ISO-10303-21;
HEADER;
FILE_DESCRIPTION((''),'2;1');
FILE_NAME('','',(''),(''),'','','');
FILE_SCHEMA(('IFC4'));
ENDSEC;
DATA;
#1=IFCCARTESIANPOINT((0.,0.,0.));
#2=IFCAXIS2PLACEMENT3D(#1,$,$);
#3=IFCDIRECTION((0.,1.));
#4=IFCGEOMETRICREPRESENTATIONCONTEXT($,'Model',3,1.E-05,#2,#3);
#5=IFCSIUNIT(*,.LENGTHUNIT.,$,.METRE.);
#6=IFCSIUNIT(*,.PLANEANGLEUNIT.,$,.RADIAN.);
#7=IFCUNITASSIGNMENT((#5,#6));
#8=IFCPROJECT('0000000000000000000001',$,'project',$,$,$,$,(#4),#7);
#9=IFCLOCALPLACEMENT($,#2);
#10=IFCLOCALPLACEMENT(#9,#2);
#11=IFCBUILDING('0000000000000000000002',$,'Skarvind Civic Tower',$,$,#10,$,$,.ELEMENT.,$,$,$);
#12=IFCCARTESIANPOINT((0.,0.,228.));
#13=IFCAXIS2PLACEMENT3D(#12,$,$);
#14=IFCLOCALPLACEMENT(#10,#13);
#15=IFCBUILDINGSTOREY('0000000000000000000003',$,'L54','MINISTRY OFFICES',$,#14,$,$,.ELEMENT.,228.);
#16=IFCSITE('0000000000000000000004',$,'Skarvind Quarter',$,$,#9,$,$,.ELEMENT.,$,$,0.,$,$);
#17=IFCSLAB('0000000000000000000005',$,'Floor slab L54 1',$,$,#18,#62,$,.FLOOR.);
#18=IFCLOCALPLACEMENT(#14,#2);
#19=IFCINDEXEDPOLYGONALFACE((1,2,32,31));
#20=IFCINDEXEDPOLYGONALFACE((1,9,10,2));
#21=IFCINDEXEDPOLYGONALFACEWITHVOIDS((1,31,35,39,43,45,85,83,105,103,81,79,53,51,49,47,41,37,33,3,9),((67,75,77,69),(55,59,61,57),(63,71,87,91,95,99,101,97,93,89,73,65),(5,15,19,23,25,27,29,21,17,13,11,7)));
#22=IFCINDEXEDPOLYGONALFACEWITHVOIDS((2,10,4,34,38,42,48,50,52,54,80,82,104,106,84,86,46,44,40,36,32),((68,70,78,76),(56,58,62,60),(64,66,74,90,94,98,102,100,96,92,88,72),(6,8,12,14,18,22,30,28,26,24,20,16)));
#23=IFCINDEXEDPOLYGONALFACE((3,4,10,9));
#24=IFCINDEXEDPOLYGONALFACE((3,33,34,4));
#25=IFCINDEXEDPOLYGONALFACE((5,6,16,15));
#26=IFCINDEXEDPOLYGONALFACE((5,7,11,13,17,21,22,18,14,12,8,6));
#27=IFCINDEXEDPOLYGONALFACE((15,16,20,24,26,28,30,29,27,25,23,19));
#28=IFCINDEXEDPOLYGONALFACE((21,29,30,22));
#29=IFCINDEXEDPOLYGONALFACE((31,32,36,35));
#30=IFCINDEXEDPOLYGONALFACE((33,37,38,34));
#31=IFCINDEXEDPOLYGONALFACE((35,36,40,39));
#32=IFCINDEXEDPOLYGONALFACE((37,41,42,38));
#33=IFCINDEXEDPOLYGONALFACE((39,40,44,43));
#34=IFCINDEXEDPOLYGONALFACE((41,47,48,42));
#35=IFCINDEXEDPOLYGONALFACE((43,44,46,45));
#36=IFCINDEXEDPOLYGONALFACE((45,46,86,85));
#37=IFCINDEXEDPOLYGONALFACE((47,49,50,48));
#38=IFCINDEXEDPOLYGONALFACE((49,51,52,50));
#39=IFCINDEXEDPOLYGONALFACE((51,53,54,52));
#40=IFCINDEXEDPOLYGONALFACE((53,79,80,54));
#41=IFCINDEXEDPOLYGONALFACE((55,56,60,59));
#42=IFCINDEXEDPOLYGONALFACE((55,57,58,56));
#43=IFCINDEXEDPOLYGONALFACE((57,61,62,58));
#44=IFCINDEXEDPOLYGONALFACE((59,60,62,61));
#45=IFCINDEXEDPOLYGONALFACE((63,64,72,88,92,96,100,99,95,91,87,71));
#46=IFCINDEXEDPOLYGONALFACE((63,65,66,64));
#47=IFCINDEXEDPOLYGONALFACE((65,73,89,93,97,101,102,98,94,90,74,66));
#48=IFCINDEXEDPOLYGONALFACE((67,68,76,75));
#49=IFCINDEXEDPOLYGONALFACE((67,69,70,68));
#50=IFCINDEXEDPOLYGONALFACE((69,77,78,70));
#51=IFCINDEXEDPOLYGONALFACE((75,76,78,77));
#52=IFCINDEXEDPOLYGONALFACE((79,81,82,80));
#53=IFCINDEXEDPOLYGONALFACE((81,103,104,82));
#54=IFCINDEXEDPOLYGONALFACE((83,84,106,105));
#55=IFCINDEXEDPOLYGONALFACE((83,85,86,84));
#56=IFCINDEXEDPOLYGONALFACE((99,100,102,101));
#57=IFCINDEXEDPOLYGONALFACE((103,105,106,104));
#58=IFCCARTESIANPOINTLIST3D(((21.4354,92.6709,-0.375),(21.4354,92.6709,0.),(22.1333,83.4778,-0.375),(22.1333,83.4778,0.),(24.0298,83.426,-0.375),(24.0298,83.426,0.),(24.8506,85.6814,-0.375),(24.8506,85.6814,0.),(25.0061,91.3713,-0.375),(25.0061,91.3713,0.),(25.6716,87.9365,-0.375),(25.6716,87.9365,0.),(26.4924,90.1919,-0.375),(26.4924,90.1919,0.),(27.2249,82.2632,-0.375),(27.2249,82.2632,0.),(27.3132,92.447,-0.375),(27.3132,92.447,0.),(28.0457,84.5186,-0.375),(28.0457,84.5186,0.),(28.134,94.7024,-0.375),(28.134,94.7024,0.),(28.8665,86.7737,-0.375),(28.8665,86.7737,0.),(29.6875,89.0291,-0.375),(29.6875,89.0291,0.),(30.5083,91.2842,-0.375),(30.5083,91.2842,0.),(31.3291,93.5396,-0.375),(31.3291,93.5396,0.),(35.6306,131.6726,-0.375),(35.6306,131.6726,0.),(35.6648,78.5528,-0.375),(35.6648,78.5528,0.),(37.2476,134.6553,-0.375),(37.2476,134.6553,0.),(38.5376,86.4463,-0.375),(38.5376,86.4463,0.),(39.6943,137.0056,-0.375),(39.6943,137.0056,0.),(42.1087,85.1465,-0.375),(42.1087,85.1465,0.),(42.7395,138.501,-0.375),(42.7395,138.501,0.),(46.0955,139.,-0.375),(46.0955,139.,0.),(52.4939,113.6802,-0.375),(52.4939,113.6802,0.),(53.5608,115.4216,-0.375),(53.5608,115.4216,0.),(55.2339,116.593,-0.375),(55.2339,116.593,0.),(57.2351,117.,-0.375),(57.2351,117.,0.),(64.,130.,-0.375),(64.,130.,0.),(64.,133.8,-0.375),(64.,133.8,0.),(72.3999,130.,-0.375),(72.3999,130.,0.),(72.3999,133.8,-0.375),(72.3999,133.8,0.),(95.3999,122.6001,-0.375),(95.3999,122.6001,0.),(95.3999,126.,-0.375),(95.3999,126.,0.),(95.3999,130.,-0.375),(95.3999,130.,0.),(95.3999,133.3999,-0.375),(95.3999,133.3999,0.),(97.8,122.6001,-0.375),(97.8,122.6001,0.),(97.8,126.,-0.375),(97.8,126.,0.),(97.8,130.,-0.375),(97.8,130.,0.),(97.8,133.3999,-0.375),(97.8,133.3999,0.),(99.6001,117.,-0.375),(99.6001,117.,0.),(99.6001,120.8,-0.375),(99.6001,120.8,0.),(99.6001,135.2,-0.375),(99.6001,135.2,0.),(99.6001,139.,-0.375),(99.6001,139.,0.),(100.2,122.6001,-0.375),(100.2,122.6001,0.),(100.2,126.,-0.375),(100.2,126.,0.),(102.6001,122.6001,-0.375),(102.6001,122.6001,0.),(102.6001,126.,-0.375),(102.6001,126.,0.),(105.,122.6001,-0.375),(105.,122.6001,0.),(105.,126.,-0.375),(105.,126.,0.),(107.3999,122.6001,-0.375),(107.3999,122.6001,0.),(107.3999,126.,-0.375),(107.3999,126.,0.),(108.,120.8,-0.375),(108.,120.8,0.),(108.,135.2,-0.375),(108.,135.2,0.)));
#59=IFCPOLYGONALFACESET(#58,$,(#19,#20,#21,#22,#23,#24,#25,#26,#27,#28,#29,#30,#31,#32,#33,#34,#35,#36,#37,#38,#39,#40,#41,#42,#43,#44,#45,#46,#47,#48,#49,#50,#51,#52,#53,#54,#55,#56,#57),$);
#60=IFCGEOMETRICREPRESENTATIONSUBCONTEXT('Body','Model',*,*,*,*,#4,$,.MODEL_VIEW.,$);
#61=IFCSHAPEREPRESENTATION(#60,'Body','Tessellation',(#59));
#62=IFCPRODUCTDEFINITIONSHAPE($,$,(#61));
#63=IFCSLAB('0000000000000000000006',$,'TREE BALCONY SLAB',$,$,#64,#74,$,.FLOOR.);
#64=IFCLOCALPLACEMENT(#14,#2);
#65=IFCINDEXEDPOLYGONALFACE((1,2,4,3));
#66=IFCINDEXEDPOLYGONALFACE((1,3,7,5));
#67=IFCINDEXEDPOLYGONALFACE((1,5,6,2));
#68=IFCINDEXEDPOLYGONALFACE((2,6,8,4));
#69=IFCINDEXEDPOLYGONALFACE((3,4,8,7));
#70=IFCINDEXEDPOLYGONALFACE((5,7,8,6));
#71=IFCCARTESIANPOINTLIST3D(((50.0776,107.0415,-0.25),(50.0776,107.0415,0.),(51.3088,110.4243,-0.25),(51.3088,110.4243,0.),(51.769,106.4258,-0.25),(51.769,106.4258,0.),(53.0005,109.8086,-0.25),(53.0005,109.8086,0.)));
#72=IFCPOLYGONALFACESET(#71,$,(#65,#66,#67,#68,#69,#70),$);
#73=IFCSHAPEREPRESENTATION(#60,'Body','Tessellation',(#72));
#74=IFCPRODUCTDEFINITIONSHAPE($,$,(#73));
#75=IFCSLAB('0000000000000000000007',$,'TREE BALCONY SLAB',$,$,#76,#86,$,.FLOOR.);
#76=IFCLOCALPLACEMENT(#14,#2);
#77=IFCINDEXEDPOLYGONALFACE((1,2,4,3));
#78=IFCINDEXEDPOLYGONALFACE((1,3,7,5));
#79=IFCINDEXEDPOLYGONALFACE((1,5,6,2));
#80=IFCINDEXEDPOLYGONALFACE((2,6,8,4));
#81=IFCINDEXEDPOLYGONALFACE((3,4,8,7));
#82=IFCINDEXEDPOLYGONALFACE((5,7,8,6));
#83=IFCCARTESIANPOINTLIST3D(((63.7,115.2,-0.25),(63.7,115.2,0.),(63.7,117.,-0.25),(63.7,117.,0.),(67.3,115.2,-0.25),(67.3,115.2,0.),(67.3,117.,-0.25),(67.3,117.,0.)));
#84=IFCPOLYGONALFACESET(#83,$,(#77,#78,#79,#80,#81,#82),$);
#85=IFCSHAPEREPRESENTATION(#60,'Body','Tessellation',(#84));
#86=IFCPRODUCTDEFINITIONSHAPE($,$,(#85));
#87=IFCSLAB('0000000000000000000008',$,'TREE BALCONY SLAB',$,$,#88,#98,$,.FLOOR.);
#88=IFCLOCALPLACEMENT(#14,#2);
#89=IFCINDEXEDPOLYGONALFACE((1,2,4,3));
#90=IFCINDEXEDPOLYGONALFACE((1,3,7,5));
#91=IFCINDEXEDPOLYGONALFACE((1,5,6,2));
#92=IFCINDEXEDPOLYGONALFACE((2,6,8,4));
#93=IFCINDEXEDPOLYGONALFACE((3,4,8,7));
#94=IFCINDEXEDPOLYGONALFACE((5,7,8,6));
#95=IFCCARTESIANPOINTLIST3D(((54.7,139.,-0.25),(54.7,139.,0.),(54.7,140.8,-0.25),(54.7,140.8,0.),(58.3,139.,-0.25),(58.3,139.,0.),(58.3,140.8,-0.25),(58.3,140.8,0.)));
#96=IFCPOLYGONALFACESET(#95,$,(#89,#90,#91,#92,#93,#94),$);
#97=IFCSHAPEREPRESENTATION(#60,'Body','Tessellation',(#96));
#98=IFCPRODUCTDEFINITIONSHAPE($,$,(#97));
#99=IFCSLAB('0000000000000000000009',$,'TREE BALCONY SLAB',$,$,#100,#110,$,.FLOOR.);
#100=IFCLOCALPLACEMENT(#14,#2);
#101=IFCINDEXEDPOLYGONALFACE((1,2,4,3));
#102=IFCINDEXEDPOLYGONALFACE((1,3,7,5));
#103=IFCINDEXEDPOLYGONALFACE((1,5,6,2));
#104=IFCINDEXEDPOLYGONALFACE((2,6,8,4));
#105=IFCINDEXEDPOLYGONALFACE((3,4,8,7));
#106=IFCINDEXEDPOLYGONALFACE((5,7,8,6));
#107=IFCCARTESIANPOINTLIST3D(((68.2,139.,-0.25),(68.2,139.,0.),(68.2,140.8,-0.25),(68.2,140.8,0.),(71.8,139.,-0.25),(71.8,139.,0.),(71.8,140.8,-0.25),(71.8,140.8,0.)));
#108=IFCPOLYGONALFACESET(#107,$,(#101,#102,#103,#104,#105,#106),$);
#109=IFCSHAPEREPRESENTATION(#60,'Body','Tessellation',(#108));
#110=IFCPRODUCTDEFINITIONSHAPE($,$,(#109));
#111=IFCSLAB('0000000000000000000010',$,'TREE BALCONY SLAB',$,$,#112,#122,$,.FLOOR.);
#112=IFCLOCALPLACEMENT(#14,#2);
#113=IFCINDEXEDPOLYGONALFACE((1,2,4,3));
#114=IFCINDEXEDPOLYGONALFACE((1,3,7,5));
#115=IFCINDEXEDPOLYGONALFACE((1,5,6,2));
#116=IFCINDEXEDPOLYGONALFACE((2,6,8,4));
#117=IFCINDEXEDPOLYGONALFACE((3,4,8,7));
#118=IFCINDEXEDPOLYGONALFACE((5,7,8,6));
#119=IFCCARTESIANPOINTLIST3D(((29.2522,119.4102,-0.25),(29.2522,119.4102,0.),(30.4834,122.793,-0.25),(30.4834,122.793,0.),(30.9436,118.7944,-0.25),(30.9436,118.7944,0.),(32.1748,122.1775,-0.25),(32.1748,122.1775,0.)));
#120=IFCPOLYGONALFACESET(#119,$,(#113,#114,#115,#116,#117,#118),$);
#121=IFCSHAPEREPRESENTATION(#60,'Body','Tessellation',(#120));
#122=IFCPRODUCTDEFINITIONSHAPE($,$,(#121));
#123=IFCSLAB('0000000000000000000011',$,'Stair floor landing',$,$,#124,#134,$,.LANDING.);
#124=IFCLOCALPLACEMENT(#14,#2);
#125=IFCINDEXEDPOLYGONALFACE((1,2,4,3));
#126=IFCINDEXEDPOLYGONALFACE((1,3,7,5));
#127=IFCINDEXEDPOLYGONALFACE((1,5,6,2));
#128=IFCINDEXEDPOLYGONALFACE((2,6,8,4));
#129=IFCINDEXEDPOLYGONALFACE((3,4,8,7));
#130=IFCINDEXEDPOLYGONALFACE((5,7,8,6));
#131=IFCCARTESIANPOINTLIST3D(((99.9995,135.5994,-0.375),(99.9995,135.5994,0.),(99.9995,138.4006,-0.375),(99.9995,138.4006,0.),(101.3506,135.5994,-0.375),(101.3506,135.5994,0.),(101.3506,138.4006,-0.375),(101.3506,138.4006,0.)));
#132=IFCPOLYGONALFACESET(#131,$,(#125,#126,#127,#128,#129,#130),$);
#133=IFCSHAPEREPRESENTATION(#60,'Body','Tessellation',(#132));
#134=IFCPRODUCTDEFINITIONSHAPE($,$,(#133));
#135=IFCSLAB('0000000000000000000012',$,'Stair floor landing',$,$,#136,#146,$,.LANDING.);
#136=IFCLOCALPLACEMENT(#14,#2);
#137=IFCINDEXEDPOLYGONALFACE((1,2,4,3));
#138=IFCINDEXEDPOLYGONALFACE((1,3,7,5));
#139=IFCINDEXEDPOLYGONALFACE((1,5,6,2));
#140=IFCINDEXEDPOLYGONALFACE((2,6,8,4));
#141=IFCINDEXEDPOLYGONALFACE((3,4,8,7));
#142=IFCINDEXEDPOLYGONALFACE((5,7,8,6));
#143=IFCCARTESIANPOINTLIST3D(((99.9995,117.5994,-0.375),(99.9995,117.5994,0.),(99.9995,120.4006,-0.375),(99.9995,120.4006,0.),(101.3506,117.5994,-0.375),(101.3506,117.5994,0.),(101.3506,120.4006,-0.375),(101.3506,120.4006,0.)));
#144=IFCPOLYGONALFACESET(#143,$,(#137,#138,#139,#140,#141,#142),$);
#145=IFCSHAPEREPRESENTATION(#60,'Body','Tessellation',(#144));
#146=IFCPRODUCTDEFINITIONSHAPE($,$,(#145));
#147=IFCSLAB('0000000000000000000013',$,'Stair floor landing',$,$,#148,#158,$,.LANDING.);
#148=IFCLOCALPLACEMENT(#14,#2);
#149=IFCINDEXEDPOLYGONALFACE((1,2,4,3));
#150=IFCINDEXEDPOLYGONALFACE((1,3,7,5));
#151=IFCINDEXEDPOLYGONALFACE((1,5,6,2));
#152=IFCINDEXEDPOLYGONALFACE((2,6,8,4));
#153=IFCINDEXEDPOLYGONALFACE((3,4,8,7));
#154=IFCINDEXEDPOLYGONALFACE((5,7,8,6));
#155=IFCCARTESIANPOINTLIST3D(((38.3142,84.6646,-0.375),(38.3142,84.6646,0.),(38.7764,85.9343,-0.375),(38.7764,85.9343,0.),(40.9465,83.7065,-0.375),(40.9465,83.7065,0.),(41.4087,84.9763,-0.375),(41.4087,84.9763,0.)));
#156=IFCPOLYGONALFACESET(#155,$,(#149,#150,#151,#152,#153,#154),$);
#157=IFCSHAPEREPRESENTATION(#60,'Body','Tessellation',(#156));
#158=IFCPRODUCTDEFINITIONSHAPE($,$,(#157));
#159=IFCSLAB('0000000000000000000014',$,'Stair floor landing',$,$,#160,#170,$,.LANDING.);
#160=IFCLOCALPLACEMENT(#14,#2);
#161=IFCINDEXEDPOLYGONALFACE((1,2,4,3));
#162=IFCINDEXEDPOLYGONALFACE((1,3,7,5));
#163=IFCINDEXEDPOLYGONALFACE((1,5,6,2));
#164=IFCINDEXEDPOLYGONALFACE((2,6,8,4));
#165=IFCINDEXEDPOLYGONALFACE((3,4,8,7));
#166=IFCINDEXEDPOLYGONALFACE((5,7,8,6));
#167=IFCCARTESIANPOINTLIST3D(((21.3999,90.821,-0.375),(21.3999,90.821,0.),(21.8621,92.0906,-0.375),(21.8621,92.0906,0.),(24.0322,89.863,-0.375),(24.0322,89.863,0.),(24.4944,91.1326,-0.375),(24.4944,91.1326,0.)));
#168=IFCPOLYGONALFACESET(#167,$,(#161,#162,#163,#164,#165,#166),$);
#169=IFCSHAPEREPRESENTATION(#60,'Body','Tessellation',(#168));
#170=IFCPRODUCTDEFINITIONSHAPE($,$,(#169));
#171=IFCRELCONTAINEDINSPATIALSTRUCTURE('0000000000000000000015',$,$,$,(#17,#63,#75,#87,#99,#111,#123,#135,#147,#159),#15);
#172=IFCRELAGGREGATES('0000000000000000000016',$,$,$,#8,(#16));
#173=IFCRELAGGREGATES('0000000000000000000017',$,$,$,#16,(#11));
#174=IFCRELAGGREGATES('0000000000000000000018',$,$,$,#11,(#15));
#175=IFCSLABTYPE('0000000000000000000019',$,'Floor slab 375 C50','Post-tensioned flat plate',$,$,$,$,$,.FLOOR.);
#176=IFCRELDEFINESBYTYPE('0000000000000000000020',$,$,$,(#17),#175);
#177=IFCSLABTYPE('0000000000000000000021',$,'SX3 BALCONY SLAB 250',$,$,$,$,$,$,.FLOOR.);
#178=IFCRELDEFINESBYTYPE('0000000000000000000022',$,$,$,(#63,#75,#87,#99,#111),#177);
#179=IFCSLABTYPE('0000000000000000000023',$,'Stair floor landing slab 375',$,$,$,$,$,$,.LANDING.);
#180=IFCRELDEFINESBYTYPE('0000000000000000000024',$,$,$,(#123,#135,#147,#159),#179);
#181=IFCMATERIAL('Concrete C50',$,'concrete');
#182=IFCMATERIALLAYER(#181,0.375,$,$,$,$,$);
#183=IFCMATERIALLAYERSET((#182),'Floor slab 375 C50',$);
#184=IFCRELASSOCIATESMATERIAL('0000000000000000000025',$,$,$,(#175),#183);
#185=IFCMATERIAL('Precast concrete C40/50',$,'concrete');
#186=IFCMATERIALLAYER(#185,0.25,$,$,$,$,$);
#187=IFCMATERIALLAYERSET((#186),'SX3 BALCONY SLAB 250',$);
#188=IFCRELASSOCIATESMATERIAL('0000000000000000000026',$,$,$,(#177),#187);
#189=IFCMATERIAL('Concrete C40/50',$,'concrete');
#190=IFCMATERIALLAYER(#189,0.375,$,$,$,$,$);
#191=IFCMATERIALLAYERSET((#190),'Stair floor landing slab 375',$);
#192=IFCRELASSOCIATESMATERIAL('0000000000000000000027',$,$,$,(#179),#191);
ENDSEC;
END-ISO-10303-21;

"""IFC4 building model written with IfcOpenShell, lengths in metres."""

from ifc_helpers import new_model, si_unit, direction, frame, origin, place, context, subcontext, project, spatial, polyline, outline, extrude, material, layer, layer_set, type_object, element, save


model = new_model("IFC4")

# Units and contexts
model_context = context("Model", 3, precision=1e-05, world=origin(), true_north=direction((0.0, 1.0)))
body_context = subcontext(model_context, "Body", "Model", "MODEL_VIEW")
ifc_project = project(units=[si_unit("LENGTHUNIT", "METRE"), si_unit("PLANEANGLEUNIT", "RADIAN")], contexts=[model_context])

# Site, building, storey
site_placement = place(None, origin())
site = spatial("IfcSite", under=ifc_project, at=site_placement, Name="Skarvind Quarter", CompositionType="ELEMENT", RefElevation=0.0)
building_placement = place(site_placement, origin())
building = spatial("IfcBuilding", under=site, at=building_placement, Name="Skarvind Civic Tower", CompositionType="ELEMENT")
storey_placement = place(building_placement, frame((0.0, 0.0, 228.0)))
storey = spatial("IfcBuildingStorey", under=building, at=storey_placement, Name="L54", Description="MINISTRY OFFICES", CompositionType="ELEMENT", Elevation=228.0)

# Slabs
ifc_material_1 = material(Name="Concrete C50", Category="concrete")
ifc_layer_1 = layer(ifc_material_1, 0.375)
ifc_layer_set_1 = layer_set([ifc_layer_1], Name="Floor slab 375 C50")
slab_type_1 = type_object("IfcSlabType", Name="Floor slab 375 C50", Description="Post-tensioned flat plate", PredefinedType="FLOOR", material=ifc_layer_set_1)
slab_1_placement = place(storey_placement, frame((0.0, 0.0, -0.375)))
element("IfcSlab", 1, at=slab_1_placement, inside=storey, type_object=slab_type_1, Name="Floor slab L54 1", PredefinedType="FLOOR", context=body_context, shape_type="SweptSolid", body=[
    extrude(outline(polyline([(99.6001, 117.0), (99.6001, 120.8), (108.0, 120.8), (108.0, 135.2), (99.6001, 135.2), (99.6001, 139.0), (46.0955, 139.0), (42.7395, 138.501), (39.6943, 137.0056), (37.2476, 134.6553), (35.6306, 131.6726), (19.4175, 87.1267), (21.4353, 92.6709), (25.0061, 91.3713), (22.1333, 83.4778), (36.8865, 78.1082), (35.6648, 78.5527), (38.5376, 86.4463), (42.1086, 85.1465), (40.0908, 79.6023), (40.0908, 79.6023), (52.4939, 113.6802), (53.5608, 115.4216), (55.2339, 116.593), (57.2351, 117.0), (99.6001, 117.0)]), holes=[polyline([(25.6716, 87.9365), (26.4924, 90.1919), (27.3132, 92.447), (28.134, 94.7024), (31.3291, 93.5396), (30.5083, 91.2842), (29.6875, 89.0291), (28.8665, 86.7737), (28.8665, 86.7737), (28.0457, 84.5186), (27.2249, 82.2632), (24.0298, 83.426), (24.8506, 85.6814), (25.6716, 87.9365), (25.6716, 87.9365)]), polyline([(64.0, 130.0), (64.0, 133.8), (72.3999, 133.8), (72.3999, 130.0), (64.0, 130.0)]), polyline([(97.8, 126.0), (100.2, 126.0), (102.6001, 126.0), (105.0, 126.0), (107.3999, 126.0), (107.3999, 122.6001), (105.0, 122.6001), (102.6001, 122.6001), (100.2, 122.6001), (97.8, 122.6001), (95.3999, 122.6001), (95.3999, 126.0), (97.8, 126.0)]), polyline([(97.8, 133.3999), (97.8, 130.0), (95.3999, 130.0), (95.3999, 133.3999), (97.8, 133.3999)])]), origin(), (0.0, 0.0, 1.0), 0.375),
])
ifc_material_2 = material(Name="Precast concrete C40/50", Category="concrete")
ifc_layer_2 = layer(ifc_material_2, 0.25)
ifc_layer_set_2 = layer_set([ifc_layer_2], Name="SX3 BALCONY SLAB 250")
slab_type_2 = type_object("IfcSlabType", Name="SX3 BALCONY SLAB 250", PredefinedType="FLOOR", material=ifc_layer_set_2)
slab_2_placement = place(storey_placement, frame((0.0, 0.0, -0.25)))
element("IfcSlab", 2, at=slab_2_placement, inside=storey, type_object=slab_type_2, Name="TREE BALCONY SLAB", PredefinedType="FLOOR", context=body_context, shape_type="SweptSolid", body=[
    extrude(outline(polyline([(51.3088, 110.4243), (50.0776, 107.0415), (51.769, 106.4258), (53.0005, 109.8086), (51.3088, 110.4243)])), origin(), (0.0, 0.0, 1.0), 0.25),
])
slab_3_placement = place(storey_placement, frame((0.0, 0.0, -0.25)))
element("IfcSlab", 3, at=slab_3_placement, inside=storey, type_object=slab_type_2, Name="TREE BALCONY SLAB", PredefinedType="FLOOR", context=body_context, shape_type="SweptSolid", body=[
    extrude(outline(polyline([(67.3, 117.0), (63.7, 117.0), (63.7, 115.2), (67.3, 115.2), (67.3, 117.0)])), origin(), (0.0, 0.0, 1.0), 0.25),
])
slab_4_placement = place(storey_placement, frame((0.0, 0.0, -0.25)))
element("IfcSlab", 4, at=slab_4_placement, inside=storey, type_object=slab_type_2, Name="TREE BALCONY SLAB", PredefinedType="FLOOR", context=body_context, shape_type="SweptSolid", body=[
    extrude(outline(polyline([(54.7, 139.0), (58.3, 139.0), (58.3, 140.8), (54.7, 140.8), (54.7, 139.0)])), origin(), (0.0, 0.0, 1.0), 0.25),
])
slab_5_placement = place(storey_placement, frame((0.0, 0.0, -0.25)))
element("IfcSlab", 5, at=slab_5_placement, inside=storey, type_object=slab_type_2, Name="TREE BALCONY SLAB", PredefinedType="FLOOR", context=body_context, shape_type="SweptSolid", body=[
    extrude(outline(polyline([(68.2, 139.0), (71.8, 139.0), (71.8, 140.8), (68.2, 140.8), (68.2, 139.0)])), origin(), (0.0, 0.0, 1.0), 0.25),
])
slab_6_placement = place(storey_placement, frame((0.0, 0.0, -0.25)))
element("IfcSlab", 6, at=slab_6_placement, inside=storey, type_object=slab_type_2, Name="TREE BALCONY SLAB", PredefinedType="FLOOR", context=body_context, shape_type="SweptSolid", body=[
    extrude(outline(polyline([(30.9436, 118.7944), (32.1748, 122.1775), (30.4834, 122.793), (29.2522, 119.4102), (30.9436, 118.7944)])), origin(), (0.0, 0.0, 1.0), 0.25),
])
ifc_material_3 = material(Name="Concrete C40/50", Category="concrete")
ifc_layer_3 = layer(ifc_material_3, 0.375)
ifc_layer_set_3 = layer_set([ifc_layer_3], Name="Stair floor landing slab 375")
slab_type_3 = type_object("IfcSlabType", Name="Stair floor landing slab 375", PredefinedType="LANDING", material=ifc_layer_set_3)
slab_7_placement = place(storey_placement, frame((0.0, 0.0, -0.375)))
element("IfcSlab", 7, at=slab_7_placement, inside=storey, type_object=slab_type_3, Name="Stair floor landing", PredefinedType="LANDING", context=body_context, shape_type="SweptSolid", body=[
    extrude(outline(polyline([(101.3506, 138.4006), (101.3506, 135.5994), (99.9995, 135.5994), (99.9995, 138.4006), (101.3506, 138.4006)])), origin(), (0.0, 0.0, 1.0), 0.375),
])
slab_8_placement = place(storey_placement, frame((0.0, 0.0, -0.375)))
element("IfcSlab", 8, at=slab_8_placement, inside=storey, type_object=slab_type_3, Name="Stair floor landing", PredefinedType="LANDING", context=body_context, shape_type="SweptSolid", body=[
    extrude(outline(polyline([(101.3506, 120.4006), (101.3506, 117.5994), (99.9995, 117.5994), (99.9995, 120.4006), (101.3506, 120.4006)])), origin(), (0.0, 0.0, 1.0), 0.375),
])
slab_9_placement = place(storey_placement, frame((0.0, 0.0, -0.375)))
element("IfcSlab", 9, at=slab_9_placement, inside=storey, type_object=slab_type_3, Name="Stair floor landing", PredefinedType="LANDING", context=body_context, shape_type="SweptSolid", body=[
    extrude(outline(polyline([(40.9465, 83.7065), (38.3142, 84.6646), (38.7764, 85.9343), (41.4087, 84.9763), (40.9465, 83.7065)])), origin(), (0.0, 0.0, 1.0), 0.375),
])
slab_10_placement = place(storey_placement, frame((0.0, 0.0, -0.375)))
element("IfcSlab", 10, at=slab_10_placement, inside=storey, type_object=slab_type_3, Name="Stair floor landing", PredefinedType="LANDING", context=body_context, shape_type="SweptSolid", body=[
    extrude(outline(polyline([(24.0322, 89.863), (21.3999, 90.821), (21.8621, 92.0906), (24.4944, 91.1326), (24.0322, 89.863)])), origin(), (0.0, 0.0, 1.0), 0.375),
])

save(model, "model.ifc")
